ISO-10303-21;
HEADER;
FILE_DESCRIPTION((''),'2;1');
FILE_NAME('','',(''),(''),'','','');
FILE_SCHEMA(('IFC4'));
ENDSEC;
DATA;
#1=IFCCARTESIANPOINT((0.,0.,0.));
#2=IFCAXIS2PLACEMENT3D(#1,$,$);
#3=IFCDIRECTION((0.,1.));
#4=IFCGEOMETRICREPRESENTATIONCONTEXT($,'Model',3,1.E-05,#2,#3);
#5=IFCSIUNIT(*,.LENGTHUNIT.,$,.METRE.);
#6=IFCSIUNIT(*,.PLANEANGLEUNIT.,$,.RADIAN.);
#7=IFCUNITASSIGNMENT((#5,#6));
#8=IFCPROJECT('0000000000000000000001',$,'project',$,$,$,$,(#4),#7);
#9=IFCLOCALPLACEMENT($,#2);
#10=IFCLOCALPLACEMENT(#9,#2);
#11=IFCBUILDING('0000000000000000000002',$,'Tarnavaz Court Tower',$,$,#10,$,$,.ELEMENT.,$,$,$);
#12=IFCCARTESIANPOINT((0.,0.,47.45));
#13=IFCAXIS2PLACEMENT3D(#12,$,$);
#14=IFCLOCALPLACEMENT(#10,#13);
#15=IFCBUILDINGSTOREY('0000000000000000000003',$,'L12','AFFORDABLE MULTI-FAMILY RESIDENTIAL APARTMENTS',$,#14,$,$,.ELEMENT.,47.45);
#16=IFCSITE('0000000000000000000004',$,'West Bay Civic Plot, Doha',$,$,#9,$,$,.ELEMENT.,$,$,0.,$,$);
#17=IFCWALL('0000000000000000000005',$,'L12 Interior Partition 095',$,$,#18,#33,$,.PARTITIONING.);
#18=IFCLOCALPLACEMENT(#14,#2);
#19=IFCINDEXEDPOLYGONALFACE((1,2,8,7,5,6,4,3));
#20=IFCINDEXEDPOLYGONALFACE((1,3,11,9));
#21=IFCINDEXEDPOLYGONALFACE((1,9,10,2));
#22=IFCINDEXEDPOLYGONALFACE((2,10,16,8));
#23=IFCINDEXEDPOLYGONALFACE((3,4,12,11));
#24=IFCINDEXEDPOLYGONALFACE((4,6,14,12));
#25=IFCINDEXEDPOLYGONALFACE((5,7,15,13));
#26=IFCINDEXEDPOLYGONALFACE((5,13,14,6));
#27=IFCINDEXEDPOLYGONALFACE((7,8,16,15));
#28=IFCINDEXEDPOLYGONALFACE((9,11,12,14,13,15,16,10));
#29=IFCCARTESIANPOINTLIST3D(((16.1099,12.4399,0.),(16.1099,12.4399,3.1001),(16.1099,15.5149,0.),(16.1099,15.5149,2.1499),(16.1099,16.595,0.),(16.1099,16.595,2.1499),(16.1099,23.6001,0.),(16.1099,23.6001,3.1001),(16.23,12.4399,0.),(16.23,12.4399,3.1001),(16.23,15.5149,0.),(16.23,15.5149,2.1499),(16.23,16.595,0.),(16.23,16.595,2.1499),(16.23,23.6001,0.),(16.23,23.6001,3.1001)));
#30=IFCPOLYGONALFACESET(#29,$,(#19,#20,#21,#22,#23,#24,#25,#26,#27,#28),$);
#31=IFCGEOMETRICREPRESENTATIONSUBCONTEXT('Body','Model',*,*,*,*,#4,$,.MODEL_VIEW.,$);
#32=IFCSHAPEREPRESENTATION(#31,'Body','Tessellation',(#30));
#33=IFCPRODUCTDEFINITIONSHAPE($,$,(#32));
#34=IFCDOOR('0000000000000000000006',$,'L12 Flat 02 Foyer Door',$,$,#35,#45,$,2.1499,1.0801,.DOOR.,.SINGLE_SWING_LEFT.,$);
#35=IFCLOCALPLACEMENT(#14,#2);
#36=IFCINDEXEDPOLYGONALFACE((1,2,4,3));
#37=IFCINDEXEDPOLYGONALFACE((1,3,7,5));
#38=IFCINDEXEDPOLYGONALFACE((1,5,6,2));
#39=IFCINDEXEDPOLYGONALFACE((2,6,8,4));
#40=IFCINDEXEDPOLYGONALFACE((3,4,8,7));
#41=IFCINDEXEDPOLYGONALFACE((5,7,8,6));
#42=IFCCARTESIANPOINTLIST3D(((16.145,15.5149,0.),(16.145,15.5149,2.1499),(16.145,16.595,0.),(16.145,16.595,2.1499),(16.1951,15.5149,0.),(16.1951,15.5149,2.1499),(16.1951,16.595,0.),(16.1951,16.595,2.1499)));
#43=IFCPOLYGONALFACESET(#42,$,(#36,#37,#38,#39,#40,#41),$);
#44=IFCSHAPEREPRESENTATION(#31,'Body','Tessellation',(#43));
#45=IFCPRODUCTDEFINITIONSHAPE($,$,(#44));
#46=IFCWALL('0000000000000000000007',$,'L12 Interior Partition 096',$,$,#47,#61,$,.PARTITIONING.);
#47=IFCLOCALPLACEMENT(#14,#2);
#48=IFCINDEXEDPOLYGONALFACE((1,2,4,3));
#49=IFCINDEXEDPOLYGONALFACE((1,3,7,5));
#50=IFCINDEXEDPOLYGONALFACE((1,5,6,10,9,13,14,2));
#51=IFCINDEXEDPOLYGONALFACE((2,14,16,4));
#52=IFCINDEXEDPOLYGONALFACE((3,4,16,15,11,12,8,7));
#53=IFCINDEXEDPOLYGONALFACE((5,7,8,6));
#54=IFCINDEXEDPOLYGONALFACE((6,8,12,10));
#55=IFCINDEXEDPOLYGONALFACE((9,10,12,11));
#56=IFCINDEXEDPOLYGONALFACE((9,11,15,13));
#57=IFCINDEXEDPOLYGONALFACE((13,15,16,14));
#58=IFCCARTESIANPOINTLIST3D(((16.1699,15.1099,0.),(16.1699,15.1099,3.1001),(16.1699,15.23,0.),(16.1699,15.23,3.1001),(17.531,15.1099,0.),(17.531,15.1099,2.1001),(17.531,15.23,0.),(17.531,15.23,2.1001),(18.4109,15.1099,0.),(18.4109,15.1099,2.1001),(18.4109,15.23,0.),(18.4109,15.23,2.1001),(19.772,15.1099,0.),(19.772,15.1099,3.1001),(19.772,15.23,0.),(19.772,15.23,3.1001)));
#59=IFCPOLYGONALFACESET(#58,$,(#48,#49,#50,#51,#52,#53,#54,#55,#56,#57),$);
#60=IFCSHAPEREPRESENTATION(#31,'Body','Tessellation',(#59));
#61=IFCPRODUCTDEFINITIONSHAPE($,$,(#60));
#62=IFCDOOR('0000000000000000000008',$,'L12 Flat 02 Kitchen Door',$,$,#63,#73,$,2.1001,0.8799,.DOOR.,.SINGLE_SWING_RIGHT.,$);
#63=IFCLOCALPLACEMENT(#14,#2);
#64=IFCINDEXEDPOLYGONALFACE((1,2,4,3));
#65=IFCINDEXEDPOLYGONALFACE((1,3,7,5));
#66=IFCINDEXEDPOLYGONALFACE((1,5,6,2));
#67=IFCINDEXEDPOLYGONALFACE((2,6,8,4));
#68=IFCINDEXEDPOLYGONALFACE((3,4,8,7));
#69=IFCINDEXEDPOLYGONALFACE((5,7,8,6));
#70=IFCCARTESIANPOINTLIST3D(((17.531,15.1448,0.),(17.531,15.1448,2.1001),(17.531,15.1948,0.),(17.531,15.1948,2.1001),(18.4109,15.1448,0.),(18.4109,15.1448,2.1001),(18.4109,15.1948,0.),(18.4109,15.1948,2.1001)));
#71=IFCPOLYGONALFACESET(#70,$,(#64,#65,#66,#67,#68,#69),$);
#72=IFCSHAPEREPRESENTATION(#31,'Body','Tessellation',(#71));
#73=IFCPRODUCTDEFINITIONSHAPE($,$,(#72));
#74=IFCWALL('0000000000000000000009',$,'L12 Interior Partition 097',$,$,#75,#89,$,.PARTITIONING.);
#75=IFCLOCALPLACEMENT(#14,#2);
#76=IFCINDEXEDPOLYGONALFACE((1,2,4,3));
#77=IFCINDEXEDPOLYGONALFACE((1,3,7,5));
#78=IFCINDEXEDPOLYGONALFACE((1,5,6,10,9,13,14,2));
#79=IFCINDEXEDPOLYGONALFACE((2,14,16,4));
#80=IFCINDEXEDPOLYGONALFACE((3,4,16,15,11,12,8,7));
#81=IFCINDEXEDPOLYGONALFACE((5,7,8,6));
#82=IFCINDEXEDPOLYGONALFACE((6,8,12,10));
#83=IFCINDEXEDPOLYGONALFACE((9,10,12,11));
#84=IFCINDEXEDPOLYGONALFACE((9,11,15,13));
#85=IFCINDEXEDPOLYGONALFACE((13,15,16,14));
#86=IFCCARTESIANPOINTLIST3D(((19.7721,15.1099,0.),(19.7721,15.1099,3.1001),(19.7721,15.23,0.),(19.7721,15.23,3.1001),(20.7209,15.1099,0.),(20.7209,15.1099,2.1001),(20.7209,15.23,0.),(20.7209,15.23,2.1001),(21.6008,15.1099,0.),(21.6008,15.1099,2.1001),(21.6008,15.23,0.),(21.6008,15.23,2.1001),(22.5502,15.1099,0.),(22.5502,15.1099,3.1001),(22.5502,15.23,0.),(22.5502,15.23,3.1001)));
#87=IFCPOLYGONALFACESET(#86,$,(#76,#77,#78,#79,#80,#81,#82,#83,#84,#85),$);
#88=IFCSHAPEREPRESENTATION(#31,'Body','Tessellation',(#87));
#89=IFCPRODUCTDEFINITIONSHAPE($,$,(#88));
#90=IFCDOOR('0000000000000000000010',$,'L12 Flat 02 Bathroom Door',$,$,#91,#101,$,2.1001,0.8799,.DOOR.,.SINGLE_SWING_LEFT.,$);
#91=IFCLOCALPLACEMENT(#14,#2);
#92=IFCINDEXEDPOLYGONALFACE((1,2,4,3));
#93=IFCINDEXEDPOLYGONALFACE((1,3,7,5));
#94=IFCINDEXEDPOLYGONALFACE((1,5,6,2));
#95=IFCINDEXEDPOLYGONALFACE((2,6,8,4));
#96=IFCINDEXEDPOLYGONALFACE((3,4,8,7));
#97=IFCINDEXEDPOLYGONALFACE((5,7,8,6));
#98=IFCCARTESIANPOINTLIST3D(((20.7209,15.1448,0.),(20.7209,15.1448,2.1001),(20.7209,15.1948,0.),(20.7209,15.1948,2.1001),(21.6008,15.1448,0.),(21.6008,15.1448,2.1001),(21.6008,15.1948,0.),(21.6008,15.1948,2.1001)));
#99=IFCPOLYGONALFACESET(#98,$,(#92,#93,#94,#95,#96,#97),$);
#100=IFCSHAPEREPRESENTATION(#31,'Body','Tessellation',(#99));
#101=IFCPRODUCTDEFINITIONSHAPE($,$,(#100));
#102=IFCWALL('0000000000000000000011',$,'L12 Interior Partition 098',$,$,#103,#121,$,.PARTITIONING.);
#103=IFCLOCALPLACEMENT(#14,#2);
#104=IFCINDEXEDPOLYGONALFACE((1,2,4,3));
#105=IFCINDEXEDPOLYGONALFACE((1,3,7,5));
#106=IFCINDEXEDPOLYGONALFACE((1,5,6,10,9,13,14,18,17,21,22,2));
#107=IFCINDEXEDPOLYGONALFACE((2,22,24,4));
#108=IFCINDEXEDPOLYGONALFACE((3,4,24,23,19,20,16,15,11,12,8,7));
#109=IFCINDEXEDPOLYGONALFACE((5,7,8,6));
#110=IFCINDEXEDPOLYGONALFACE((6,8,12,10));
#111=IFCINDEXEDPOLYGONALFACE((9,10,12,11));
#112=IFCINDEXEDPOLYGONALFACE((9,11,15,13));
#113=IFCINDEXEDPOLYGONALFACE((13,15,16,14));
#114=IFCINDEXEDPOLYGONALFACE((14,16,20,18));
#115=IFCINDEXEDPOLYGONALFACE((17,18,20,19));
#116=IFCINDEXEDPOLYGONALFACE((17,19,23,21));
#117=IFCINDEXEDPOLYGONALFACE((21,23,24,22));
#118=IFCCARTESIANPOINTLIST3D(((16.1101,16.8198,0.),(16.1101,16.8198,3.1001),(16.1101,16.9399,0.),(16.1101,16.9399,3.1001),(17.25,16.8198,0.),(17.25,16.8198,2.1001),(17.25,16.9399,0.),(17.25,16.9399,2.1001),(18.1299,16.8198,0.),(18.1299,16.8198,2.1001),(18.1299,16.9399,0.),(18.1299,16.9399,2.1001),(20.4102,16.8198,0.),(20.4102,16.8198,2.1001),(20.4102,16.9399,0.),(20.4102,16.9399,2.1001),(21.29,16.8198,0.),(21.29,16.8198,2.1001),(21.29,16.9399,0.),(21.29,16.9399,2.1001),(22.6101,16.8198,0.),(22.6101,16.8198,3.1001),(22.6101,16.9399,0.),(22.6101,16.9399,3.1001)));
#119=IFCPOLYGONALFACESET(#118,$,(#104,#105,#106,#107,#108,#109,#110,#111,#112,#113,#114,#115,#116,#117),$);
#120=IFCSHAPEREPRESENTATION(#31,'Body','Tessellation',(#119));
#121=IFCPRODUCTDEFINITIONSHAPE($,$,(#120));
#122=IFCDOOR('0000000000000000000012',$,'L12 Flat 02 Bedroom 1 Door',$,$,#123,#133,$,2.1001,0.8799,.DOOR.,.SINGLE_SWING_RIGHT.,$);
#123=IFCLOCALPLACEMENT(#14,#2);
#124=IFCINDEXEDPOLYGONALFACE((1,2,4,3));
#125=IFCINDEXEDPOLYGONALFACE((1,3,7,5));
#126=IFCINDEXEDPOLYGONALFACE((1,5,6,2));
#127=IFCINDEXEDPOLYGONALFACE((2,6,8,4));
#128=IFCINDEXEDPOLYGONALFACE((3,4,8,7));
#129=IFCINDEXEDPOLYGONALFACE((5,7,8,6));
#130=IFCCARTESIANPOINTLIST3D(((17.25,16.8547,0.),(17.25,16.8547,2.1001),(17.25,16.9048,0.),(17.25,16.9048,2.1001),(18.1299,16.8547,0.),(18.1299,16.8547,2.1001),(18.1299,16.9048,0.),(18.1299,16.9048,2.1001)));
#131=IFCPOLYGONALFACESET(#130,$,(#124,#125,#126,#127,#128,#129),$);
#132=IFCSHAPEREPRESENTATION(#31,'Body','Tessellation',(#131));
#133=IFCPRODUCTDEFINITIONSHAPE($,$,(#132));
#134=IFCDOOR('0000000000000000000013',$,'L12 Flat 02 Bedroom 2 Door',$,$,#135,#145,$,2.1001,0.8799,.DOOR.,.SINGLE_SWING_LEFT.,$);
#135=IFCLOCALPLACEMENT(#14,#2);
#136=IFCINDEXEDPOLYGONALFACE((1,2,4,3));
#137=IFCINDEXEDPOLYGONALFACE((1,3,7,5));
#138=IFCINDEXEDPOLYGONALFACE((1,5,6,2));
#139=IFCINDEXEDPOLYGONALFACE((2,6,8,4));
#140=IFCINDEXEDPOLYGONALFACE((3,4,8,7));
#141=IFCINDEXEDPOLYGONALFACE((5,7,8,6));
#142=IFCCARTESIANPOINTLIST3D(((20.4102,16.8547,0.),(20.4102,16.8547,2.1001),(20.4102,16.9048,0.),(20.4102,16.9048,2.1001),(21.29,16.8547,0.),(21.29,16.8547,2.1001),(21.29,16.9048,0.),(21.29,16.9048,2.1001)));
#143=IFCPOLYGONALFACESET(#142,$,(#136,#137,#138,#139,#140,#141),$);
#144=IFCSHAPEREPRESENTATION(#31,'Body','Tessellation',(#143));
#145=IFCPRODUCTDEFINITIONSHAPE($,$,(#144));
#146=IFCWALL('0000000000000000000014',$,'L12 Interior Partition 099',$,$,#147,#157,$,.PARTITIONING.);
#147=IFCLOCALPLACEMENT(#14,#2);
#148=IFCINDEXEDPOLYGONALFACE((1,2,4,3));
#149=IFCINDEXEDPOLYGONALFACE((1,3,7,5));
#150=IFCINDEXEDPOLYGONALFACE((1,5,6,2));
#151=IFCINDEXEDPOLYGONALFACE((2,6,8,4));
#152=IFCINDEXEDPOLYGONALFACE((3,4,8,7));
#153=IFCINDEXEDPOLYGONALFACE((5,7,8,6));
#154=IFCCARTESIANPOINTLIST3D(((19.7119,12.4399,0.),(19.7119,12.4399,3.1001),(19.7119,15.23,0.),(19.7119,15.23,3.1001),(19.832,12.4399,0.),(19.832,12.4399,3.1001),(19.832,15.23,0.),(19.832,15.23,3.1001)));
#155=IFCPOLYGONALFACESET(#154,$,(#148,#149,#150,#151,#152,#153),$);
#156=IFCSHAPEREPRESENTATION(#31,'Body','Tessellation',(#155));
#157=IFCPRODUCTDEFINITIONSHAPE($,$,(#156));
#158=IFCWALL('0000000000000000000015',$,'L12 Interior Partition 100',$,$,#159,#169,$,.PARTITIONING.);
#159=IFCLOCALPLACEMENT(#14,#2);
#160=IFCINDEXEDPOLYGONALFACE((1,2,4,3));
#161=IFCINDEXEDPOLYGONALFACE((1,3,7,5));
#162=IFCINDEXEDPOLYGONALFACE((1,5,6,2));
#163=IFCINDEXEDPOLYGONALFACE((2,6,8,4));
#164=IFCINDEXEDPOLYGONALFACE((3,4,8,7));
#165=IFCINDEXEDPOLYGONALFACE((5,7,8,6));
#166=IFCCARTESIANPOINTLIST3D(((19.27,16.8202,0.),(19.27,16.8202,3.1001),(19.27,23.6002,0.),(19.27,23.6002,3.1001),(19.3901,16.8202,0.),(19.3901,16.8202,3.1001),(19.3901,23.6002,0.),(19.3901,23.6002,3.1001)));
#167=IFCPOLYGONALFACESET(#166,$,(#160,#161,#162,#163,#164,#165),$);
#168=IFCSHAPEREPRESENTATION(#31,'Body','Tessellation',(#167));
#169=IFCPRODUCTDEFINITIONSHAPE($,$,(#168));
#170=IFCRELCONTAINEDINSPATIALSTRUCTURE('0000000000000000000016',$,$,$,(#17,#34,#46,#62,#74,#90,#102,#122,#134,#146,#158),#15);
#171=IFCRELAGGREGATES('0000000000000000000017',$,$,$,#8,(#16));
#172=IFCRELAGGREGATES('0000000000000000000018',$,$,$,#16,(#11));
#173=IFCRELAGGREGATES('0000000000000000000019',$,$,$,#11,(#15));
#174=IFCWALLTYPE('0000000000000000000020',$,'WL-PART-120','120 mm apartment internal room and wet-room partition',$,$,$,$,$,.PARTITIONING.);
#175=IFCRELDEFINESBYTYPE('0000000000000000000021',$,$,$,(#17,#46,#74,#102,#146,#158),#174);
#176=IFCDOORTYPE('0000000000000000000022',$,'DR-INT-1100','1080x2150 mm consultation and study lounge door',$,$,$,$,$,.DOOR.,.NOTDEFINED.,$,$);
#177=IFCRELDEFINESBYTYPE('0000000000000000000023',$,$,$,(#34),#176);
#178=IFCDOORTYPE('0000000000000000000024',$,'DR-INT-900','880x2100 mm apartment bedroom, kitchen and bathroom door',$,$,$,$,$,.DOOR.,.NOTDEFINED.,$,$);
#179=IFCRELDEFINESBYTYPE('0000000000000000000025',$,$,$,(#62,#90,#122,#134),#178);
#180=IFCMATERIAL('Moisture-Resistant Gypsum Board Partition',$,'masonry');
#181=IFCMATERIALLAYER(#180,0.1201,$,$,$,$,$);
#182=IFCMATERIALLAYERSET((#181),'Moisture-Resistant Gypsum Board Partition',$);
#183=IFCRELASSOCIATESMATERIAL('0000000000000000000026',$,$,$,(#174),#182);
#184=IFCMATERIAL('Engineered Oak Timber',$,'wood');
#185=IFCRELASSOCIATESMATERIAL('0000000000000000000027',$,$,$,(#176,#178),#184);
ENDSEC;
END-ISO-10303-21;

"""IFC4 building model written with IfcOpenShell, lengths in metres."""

from ifc_helpers import new_model, si_unit, direction, frame, frame_2d, origin, place, context, subcontext, project, spatial, rectangle, extrude, material, layer, layer_set, type_object, element, fill, save


model = new_model("IFC4")

# Units and contexts
model_context = context("Model", 3, precision=1e-05, world=origin(), true_north=direction((0.0, 1.0)))
body_context = subcontext(model_context, "Body", "Model", "MODEL_VIEW")
ifc_project = project(units=[si_unit("LENGTHUNIT", "METRE"), si_unit("PLANEANGLEUNIT", "RADIAN")], contexts=[model_context])

# Site, building, storey
site_placement = place(None, origin())
site = spatial("IfcSite", under=ifc_project, at=site_placement, Name="West Bay Civic Plot, Doha", CompositionType="ELEMENT", RefElevation=0.0)
building_placement = place(site_placement, origin())
building = spatial("IfcBuilding", under=site, at=building_placement, Name="Tarnavaz Court Tower", CompositionType="ELEMENT")
storey_placement = place(building_placement, frame((0.0, 0.0, 47.45)))
storey = spatial("IfcBuildingStorey", under=building, at=storey_placement, Name="L12", Description="AFFORDABLE MULTI-FAMILY RESIDENTIAL APARTMENTS", CompositionType="ELEMENT", Elevation=47.45)

# Walls, openings, doors
ifc_material_1 = material(Name="Moisture-Resistant Gypsum Board Partition", Category="masonry")
ifc_layer_1 = layer(ifc_material_1, 0.1201)
ifc_layer_set_1 = layer_set([ifc_layer_1], Name="Moisture-Resistant Gypsum Board Partition")
wall_type_1 = type_object("IfcWallType", Name="WL-PART-120", Description="120 mm apartment internal room and wet-room partition", PredefinedType="PARTITIONING", material=ifc_layer_set_1)
wall_1_placement = place(storey_placement, frame((16.1699, 12.4399, 0.0), z_axis=(0.0, 0.0, 1.0), x_axis=(0.0, 1.0, 0.0)))
wall_1 = element("IfcWall", 1, at=wall_1_placement, inside=storey, type_object=wall_type_1, Name="L12 Interior Partition 095", PredefinedType="PARTITIONING", context=body_context, shape_type="SweptSolid", body=[
    extrude(rectangle(XDim=11.1602, YDim=0.1201, at=frame_2d((5.5801, 0.0))), origin(), (0.0, 0.0, 1.0), 3.1001),
])
opening_1_placement = place(wall_1_placement, frame((3.075, 0.0, 0.0)))
opening_1 = element("IfcOpeningElement", 2, at=opening_1_placement, cuts=wall_1, PredefinedType="OPENING", context=body_context, shape_type="SweptSolid", body=[
    extrude(rectangle(XDim=1.0801, YDim=2.1499, at=frame_2d((0.54, 1.075))), frame((0.0, 0.0701, 0.0), z_axis=(0.0, -1.0, 0.0), x_axis=(1.0, 0.0, 0.0)), (0.0, 0.0, 1.0), 0.1401),
])
ifc_material_2 = material(Name="Engineered Oak Timber", Category="wood")
door_type_1 = type_object("IfcDoorType", Name="DR-INT-1100", Description="1080x2150 mm consultation and study lounge door", OperationType="NOTDEFINED", PredefinedType="DOOR", material=ifc_material_2)
door_1_placement = place(opening_1_placement, origin())
door_1 = element("IfcDoor", 3, at=door_1_placement, inside=storey, type_object=door_type_1, Name="L12 Flat 02 Foyer Door", OperationType="SINGLE_SWING_LEFT", OverallHeight=2.1499, OverallWidth=1.0801, PredefinedType="DOOR", context=body_context, shape_type="SweptSolid", body=[
    extrude(rectangle(XDim=1.0801, YDim=2.1499, at=frame_2d((0.54, 1.075))), frame((0.0, 0.0249, 0.0), z_axis=(0.0, -1.0, 0.0), x_axis=(1.0, 0.0, 0.0)), (0.0, 0.0, 1.0), 0.05),
])
fill(opening_1, door_1)
wall_2_placement = place(storey_placement, frame((16.1699, 15.1699, 0.0), z_axis=(0.0, 0.0, 1.0), x_axis=(1.0, 0.0, 0.0)))
wall_2 = element("IfcWall", 4, at=wall_2_placement, inside=storey, type_object=wall_type_1, Name="L12 Interior Partition 096", PredefinedType="PARTITIONING", context=body_context, shape_type="SweptSolid", body=[
    extrude(rectangle(XDim=3.6021, YDim=0.1201, at=frame_2d((1.801, 0.0))), origin(), (0.0, 0.0, 1.0), 3.1001),
])
opening_2_placement = place(wall_2_placement, frame((1.3611, 0.0, 0.0)))
opening_2 = element("IfcOpeningElement", 5, at=opening_2_placement, cuts=wall_2, PredefinedType="OPENING", context=body_context, shape_type="SweptSolid", body=[
    extrude(rectangle(XDim=0.8799, YDim=2.1001, at=frame_2d((0.4399, 1.05))), frame((0.0, 0.0701, 0.0), z_axis=(0.0, -1.0, 0.0), x_axis=(1.0, 0.0, 0.0)), (0.0, 0.0, 1.0), 0.1401),
])
door_type_2 = type_object("IfcDoorType", Name="DR-INT-900", Description="880x2100 mm apartment bedroom, kitchen and bathroom door", OperationType="NOTDEFINED", PredefinedType="DOOR", material=ifc_material_2)
door_2_placement = place(opening_2_placement, origin())
door_2 = element("IfcDoor", 6, at=door_2_placement, inside=storey, type_object=door_type_2, Name="L12 Flat 02 Kitchen Door", OperationType="SINGLE_SWING_RIGHT", OverallHeight=2.1001, OverallWidth=0.8799, PredefinedType="DOOR", context=body_context, shape_type="SweptSolid", body=[
    extrude(rectangle(XDim=0.8799, YDim=2.1001, at=frame_2d((0.4399, 1.05))), frame((0.0, 0.0249, 0.0), z_axis=(0.0, -1.0, 0.0), x_axis=(1.0, 0.0, 0.0)), (0.0, 0.0, 1.0), 0.05),
])
fill(opening_2, door_2)
wall_3_placement = place(storey_placement, frame((19.772, 15.1699, 0.0), z_axis=(0.0, 0.0, 1.0), x_axis=(1.0, 0.0, 0.0)))
wall_3 = element("IfcWall", 7, at=wall_3_placement, inside=storey, type_object=wall_type_1, Name="L12 Interior Partition 097", PredefinedType="PARTITIONING", context=body_context, shape_type="SweptSolid", body=[
    extrude(rectangle(XDim=2.7781, YDim=0.1201, at=frame_2d((1.3892, 0.0))), origin(), (0.0, 0.0, 1.0), 3.1001),
])
opening_3_placement = place(wall_3_placement, frame((0.949, 0.0, 0.0)))
opening_3 = element("IfcOpeningElement", 8, at=opening_3_placement, cuts=wall_3, PredefinedType="OPENING", context=body_context, shape_type="SweptSolid", body=[
    extrude(rectangle(XDim=0.8799, YDim=2.1001, at=frame_2d((0.4399, 1.05))), frame((0.0, 0.0701, 0.0), z_axis=(0.0, -1.0, 0.0), x_axis=(1.0, 0.0, 0.0)), (0.0, 0.0, 1.0), 0.1401),
])
door_3_placement = place(opening_3_placement, origin())
door_3 = element("IfcDoor", 9, at=door_3_placement, inside=storey, type_object=door_type_2, Name="L12 Flat 02 Bathroom Door", OperationType="SINGLE_SWING_LEFT", OverallHeight=2.1001, OverallWidth=0.8799, PredefinedType="DOOR", context=body_context, shape_type="SweptSolid", body=[
    extrude(rectangle(XDim=0.8799, YDim=2.1001, at=frame_2d((0.4399, 1.05))), frame((0.0, 0.0249, 0.0), z_axis=(0.0, -1.0, 0.0), x_axis=(1.0, 0.0, 0.0)), (0.0, 0.0, 1.0), 0.05),
])
fill(opening_3, door_3)

# Wall, openings, doors
wall_4_placement = place(storey_placement, frame((16.1101, 16.8799, 0.0), z_axis=(0.0, 0.0, 1.0), x_axis=(1.0, 0.0, 0.0)))
wall_4 = element("IfcWall", 10, at=wall_4_placement, inside=storey, type_object=wall_type_1, Name="L12 Interior Partition 098", PredefinedType="PARTITIONING", context=body_context, shape_type="SweptSolid", body=[
    extrude(rectangle(XDim=6.5, YDim=0.1201, at=frame_2d((3.25, 0.0))), origin(), (0.0, 0.0, 1.0), 3.1001),
])
opening_4_placement = place(wall_4_placement, frame((1.1399, 0.0, 0.0)))
opening_4 = element("IfcOpeningElement", 11, at=opening_4_placement, cuts=wall_4, PredefinedType="OPENING", context=body_context, shape_type="SweptSolid", body=[
    extrude(rectangle(XDim=0.8799, YDim=2.1001, at=frame_2d((0.4399, 1.05))), frame((0.0, 0.0701, 0.0), z_axis=(0.0, -1.0, 0.0), x_axis=(1.0, 0.0, 0.0)), (0.0, 0.0, 1.0), 0.1401),
])
opening_5_placement = place(wall_4_placement, frame((4.3, 0.0, 0.0)))
opening_5 = element("IfcOpeningElement", 12, at=opening_5_placement, cuts=wall_4, PredefinedType="OPENING", context=body_context, shape_type="SweptSolid", body=[
    extrude(rectangle(XDim=0.8799, YDim=2.1001, at=frame_2d((0.4399, 1.05))), frame((0.0, 0.0701, 0.0), z_axis=(0.0, -1.0, 0.0), x_axis=(1.0, 0.0, 0.0)), (0.0, 0.0, 1.0), 0.1401),
])
door_4_placement = place(opening_4_placement, origin())
door_4 = element("IfcDoor", 13, at=door_4_placement, inside=storey, type_object=door_type_2, Name="L12 Flat 02 Bedroom 1 Door", OperationType="SINGLE_SWING_RIGHT", OverallHeight=2.1001, OverallWidth=0.8799, PredefinedType="DOOR", context=body_context, shape_type="SweptSolid", body=[
    extrude(rectangle(XDim=0.8799, YDim=2.1001, at=frame_2d((0.4399, 1.05))), frame((0.0, 0.0249, 0.0), z_axis=(0.0, -1.0, 0.0), x_axis=(1.0, 0.0, 0.0)), (0.0, 0.0, 1.0), 0.05),
])
fill(opening_4, door_4)
door_5_placement = place(opening_5_placement, origin())
door_5 = element("IfcDoor", 14, at=door_5_placement, inside=storey, type_object=door_type_2, Name="L12 Flat 02 Bedroom 2 Door", OperationType="SINGLE_SWING_LEFT", OverallHeight=2.1001, OverallWidth=0.8799, PredefinedType="DOOR", context=body_context, shape_type="SweptSolid", body=[
    extrude(rectangle(XDim=0.8799, YDim=2.1001, at=frame_2d((0.4399, 1.05))), frame((0.0, 0.0249, 0.0), z_axis=(0.0, -1.0, 0.0), x_axis=(1.0, 0.0, 0.0)), (0.0, 0.0, 1.0), 0.05),
])
fill(opening_5, door_5)

# Walls
wall_5_placement = place(storey_placement, frame((19.772, 12.4399, 0.0), z_axis=(0.0, 0.0, 1.0), x_axis=(0.0, 1.0, 0.0)))
element("IfcWall", 15, at=wall_5_placement, inside=storey, type_object=wall_type_1, Name="L12 Interior Partition 099", PredefinedType="PARTITIONING", context=body_context, shape_type="SweptSolid", body=[
    extrude(rectangle(XDim=2.79, YDim=0.1201, at=frame_2d((1.395, 0.0))), origin(), (0.0, 0.0, 1.0), 3.1001),
])
wall_6_placement = place(storey_placement, frame((19.3301, 16.8201, 0.0), z_axis=(0.0, 0.0, 1.0), x_axis=(0.0, 1.0, 0.0)))
element("IfcWall", 16, at=wall_6_placement, inside=storey, type_object=wall_type_1, Name="L12 Interior Partition 100", PredefinedType="PARTITIONING", context=body_context, shape_type="SweptSolid", body=[
    extrude(rectangle(XDim=6.78, YDim=0.1201, at=frame_2d((3.3901, 0.0))), origin(), (0.0, 0.0, 1.0), 3.1001),
])

save(model, "model.ifc")
